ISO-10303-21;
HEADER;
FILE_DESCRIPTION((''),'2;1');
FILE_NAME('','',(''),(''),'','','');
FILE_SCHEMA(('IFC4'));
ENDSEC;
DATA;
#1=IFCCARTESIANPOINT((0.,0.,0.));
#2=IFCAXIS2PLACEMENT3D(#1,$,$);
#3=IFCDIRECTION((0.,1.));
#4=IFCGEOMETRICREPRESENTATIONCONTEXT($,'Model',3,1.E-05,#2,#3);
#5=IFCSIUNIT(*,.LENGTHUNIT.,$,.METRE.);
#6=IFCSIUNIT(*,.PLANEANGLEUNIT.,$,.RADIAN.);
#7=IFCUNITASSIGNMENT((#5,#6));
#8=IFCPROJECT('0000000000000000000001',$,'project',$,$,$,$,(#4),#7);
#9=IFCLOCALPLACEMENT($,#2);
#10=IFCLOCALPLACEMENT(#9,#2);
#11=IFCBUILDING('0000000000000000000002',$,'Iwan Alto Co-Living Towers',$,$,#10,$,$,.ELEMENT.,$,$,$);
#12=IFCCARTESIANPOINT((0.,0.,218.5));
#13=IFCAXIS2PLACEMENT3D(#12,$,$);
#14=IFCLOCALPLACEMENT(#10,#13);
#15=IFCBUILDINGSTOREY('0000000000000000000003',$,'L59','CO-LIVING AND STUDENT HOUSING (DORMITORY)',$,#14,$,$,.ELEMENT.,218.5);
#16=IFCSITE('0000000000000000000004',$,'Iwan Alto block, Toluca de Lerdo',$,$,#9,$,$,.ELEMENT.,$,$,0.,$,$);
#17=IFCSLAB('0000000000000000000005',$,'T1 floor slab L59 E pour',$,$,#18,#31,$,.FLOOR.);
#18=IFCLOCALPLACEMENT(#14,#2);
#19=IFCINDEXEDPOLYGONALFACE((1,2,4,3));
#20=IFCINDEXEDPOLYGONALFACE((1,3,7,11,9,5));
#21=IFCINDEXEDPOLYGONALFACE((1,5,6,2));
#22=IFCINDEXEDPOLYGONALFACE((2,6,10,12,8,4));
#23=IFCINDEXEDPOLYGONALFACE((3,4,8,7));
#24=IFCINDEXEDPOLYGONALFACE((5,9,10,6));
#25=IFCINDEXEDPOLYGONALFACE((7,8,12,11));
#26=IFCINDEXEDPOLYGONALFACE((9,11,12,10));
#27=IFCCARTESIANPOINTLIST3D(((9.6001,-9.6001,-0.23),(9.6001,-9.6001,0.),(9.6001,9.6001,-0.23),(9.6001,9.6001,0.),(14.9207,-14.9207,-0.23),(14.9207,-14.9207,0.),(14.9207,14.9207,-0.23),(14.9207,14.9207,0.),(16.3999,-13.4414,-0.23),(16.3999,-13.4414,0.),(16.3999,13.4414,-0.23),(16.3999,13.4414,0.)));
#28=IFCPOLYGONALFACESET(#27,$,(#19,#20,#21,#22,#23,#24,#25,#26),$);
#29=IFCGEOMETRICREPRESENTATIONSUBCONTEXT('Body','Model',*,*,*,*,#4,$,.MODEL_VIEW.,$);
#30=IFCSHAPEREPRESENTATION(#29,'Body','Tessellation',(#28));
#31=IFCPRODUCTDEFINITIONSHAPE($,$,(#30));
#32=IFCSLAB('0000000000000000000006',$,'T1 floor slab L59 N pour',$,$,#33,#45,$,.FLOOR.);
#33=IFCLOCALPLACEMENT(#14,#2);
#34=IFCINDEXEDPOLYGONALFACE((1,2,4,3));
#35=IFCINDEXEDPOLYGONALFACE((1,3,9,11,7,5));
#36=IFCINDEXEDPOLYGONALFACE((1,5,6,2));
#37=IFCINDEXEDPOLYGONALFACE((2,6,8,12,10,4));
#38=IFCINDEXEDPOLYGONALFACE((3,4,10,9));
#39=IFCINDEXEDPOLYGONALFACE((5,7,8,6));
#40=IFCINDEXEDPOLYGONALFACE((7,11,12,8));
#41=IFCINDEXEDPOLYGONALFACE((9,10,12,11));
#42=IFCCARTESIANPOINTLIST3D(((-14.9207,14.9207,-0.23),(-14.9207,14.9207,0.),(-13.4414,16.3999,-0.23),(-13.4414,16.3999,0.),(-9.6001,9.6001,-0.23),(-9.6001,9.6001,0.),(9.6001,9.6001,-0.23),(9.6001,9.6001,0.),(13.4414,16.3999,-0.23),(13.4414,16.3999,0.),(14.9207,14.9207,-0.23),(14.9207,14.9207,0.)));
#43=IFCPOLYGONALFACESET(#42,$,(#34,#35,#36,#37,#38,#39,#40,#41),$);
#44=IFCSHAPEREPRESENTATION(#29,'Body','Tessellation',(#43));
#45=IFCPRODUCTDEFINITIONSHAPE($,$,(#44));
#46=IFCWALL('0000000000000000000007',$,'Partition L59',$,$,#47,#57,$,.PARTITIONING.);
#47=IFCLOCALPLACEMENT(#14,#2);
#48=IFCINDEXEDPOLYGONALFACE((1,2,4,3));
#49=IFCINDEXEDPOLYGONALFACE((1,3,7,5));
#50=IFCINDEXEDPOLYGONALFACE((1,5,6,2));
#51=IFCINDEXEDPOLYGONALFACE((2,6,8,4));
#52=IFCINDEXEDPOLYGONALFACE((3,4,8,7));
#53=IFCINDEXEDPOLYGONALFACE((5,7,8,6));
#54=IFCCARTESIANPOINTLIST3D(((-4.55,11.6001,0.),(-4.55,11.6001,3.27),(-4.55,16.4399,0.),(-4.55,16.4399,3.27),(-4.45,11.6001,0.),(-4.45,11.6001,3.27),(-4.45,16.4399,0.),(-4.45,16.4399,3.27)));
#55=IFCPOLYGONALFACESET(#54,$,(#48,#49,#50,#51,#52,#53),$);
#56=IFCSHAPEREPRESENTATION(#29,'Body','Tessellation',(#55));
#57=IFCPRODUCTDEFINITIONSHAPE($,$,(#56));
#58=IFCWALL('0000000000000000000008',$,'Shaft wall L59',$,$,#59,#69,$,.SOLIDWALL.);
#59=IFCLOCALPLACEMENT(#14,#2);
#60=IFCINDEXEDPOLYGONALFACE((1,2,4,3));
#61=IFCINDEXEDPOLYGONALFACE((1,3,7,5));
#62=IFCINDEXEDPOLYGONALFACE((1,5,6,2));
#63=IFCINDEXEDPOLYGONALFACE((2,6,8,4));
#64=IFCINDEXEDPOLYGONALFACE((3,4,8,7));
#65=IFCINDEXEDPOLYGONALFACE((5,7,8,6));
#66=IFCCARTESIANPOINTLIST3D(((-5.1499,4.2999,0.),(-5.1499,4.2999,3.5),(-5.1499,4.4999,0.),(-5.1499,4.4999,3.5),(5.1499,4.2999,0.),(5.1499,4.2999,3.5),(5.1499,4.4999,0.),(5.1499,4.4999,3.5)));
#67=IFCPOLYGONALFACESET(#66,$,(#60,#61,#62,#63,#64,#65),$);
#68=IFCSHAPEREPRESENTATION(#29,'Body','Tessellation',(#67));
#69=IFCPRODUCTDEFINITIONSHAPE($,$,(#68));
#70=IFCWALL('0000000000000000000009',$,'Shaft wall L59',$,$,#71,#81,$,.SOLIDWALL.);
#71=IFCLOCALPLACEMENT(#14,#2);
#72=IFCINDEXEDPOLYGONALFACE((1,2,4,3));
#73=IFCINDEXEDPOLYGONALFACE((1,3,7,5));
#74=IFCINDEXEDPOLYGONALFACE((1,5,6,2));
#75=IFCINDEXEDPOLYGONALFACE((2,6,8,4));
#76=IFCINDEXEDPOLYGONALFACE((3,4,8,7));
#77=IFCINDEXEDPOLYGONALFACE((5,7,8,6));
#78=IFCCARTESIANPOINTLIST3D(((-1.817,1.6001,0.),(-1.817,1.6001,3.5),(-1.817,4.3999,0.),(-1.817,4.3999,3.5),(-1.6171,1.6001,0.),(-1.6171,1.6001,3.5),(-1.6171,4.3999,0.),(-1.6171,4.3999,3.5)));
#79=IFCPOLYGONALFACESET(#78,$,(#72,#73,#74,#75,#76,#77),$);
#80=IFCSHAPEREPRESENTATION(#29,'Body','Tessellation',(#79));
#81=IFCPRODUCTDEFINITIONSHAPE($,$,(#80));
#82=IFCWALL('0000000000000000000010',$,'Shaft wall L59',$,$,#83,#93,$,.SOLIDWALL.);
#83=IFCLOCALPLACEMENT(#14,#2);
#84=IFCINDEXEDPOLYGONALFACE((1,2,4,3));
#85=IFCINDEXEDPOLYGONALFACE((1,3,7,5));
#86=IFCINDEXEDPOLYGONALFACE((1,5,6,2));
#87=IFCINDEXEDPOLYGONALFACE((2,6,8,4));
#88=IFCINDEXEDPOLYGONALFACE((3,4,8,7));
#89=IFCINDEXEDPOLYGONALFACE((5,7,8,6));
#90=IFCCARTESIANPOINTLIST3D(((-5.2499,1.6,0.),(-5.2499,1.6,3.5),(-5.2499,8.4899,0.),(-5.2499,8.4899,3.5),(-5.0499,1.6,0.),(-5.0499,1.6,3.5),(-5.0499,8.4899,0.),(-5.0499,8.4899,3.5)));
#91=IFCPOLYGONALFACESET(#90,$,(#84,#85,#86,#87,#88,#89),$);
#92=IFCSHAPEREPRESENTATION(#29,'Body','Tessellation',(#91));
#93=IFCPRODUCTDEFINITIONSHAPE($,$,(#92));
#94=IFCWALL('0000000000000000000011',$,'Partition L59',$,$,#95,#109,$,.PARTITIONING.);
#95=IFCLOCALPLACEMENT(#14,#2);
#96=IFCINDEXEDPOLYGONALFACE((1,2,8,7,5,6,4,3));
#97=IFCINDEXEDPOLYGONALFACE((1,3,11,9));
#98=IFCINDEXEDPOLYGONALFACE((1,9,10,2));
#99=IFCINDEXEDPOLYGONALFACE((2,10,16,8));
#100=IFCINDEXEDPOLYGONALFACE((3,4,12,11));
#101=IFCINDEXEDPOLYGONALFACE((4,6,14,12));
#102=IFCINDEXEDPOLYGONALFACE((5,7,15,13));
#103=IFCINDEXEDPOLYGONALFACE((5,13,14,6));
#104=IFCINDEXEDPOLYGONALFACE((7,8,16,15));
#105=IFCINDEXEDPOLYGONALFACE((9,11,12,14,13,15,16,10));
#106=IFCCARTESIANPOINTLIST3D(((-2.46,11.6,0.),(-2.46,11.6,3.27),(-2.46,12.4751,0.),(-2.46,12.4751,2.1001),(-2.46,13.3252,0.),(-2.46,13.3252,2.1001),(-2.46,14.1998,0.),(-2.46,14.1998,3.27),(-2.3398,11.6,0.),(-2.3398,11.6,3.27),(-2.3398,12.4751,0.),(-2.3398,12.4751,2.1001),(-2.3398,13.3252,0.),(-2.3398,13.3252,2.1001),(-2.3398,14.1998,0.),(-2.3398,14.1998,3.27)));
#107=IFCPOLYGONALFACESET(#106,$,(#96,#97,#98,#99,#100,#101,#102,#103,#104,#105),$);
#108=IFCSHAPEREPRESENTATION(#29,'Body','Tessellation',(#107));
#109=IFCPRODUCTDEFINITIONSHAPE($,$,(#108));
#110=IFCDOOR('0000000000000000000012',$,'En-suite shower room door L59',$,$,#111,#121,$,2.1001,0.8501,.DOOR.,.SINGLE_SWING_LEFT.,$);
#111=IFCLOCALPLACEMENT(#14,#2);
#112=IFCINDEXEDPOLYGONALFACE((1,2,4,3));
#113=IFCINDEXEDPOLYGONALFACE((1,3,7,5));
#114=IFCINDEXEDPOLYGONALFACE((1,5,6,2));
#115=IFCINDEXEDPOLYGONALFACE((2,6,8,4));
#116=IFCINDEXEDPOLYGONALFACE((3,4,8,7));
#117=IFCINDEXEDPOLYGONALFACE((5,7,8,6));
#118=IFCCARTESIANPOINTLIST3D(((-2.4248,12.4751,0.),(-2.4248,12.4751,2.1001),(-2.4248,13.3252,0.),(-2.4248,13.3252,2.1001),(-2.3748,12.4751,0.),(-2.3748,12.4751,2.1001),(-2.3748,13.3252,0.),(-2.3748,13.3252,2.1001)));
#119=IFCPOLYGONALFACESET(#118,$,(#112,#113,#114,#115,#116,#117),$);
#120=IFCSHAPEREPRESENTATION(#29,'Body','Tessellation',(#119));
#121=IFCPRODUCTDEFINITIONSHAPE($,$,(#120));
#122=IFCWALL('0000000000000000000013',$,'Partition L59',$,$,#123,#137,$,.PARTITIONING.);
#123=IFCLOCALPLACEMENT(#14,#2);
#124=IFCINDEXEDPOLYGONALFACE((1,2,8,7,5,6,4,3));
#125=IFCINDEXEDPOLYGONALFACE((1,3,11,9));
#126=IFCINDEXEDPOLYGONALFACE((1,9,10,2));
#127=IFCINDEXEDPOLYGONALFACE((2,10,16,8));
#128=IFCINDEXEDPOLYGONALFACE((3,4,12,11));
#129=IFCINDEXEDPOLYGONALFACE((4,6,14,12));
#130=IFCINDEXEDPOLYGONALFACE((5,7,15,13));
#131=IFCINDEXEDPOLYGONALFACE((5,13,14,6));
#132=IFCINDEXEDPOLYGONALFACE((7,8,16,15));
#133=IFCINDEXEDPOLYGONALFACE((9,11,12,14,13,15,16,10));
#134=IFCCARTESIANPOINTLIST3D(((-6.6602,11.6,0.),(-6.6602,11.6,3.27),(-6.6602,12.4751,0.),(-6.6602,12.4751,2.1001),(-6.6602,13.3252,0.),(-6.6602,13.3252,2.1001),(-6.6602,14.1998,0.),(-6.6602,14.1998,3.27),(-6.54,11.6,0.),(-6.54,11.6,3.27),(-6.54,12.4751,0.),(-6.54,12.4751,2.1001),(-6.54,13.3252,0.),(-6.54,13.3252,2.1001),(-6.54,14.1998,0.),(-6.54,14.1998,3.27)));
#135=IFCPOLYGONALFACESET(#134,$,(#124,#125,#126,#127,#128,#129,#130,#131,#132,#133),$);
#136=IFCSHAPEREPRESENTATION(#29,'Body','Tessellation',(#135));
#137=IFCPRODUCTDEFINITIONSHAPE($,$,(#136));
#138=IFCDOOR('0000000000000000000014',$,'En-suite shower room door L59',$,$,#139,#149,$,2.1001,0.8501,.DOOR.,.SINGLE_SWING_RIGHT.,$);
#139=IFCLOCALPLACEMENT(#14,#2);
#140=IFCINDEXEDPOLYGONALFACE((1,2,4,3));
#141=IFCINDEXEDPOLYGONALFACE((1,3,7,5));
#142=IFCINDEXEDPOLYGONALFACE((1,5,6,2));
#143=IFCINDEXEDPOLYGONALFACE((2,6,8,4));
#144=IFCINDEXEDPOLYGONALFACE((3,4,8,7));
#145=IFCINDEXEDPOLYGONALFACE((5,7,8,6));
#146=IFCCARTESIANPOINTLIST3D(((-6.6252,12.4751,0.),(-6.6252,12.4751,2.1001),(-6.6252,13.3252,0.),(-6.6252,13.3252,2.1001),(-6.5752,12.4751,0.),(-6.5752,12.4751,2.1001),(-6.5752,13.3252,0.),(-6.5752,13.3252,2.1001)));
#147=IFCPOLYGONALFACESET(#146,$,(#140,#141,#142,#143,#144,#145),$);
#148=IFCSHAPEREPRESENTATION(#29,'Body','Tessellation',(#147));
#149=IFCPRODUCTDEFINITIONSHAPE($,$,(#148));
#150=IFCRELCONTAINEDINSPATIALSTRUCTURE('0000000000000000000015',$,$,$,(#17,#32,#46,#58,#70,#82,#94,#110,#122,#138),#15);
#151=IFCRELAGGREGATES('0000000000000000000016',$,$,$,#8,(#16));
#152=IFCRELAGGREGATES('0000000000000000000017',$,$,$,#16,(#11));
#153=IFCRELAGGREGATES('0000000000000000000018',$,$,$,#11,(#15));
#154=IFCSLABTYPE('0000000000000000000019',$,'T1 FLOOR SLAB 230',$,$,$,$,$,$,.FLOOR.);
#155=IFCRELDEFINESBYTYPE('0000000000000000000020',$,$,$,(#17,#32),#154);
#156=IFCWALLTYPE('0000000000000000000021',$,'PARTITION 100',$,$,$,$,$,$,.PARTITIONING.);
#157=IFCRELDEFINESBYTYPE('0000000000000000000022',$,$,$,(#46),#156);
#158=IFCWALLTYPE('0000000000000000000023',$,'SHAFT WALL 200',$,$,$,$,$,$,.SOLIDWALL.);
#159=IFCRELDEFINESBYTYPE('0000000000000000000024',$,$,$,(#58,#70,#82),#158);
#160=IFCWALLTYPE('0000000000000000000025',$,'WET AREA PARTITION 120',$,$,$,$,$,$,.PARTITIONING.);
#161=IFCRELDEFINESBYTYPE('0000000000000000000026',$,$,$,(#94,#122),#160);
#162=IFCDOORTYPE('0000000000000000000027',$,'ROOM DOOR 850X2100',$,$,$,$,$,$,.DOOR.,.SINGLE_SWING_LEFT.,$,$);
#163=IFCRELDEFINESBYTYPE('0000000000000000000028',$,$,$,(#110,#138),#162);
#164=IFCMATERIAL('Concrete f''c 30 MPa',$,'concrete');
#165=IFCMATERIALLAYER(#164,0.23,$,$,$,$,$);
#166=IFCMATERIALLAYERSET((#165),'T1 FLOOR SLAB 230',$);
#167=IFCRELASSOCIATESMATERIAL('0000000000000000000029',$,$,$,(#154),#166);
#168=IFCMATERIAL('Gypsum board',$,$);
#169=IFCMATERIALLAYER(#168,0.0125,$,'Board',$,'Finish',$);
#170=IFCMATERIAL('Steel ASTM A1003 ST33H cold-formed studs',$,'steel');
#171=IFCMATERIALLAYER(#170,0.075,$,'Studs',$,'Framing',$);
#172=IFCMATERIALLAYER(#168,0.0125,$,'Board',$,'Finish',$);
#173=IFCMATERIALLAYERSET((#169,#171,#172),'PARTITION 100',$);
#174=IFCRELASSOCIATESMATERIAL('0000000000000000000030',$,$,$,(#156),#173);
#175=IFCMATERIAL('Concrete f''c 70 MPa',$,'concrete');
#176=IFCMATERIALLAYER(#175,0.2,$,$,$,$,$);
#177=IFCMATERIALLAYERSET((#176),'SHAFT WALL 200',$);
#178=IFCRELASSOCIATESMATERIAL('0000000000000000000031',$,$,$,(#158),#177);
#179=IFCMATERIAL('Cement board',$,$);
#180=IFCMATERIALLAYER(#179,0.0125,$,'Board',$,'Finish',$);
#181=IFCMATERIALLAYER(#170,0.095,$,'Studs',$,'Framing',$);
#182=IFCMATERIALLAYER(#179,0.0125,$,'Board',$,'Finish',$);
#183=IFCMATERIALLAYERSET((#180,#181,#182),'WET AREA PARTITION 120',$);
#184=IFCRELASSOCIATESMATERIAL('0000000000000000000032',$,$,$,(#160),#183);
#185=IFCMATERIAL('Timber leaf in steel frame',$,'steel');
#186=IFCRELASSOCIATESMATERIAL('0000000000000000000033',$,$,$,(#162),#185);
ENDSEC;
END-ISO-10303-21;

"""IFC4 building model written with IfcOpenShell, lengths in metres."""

from ifc_helpers import new_model, si_unit, direction, frame, frame_2d, origin, place, context, subcontext, project, spatial, polyline, rectangle, outline, extrude, material, layer, layer_set, type_object, element, fill, save


model = new_model("IFC4")

# Units and contexts
model_context = context("Model", 3, precision=1e-05, world=origin(), true_north=direction((0.0, 1.0)))
body_context = subcontext(model_context, "Body", "Model", "MODEL_VIEW")
ifc_project = project(units=[si_unit("LENGTHUNIT", "METRE"), si_unit("PLANEANGLEUNIT", "RADIAN")], contexts=[model_context])

# Site, building, storey
site_placement = place(None, origin())
site = spatial("IfcSite", under=ifc_project, at=site_placement, Name="Iwan Alto block, Toluca de Lerdo", CompositionType="ELEMENT", RefElevation=0.0)
building_placement = place(site_placement, origin())
building = spatial("IfcBuilding", under=site, at=building_placement, Name="Iwan Alto Co-Living Towers", CompositionType="ELEMENT")
storey_placement = place(building_placement, frame((0.0, 0.0, 218.5)))
storey = spatial("IfcBuildingStorey", under=building, at=storey_placement, Name="L59", Description="CO-LIVING AND STUDENT HOUSING (DORMITORY)", CompositionType="ELEMENT", Elevation=218.5)

# Slabs
ifc_material_1 = material(Name="Concrete f'c 30 MPa", Category="concrete")
ifc_layer_1 = layer(ifc_material_1, 0.23)
ifc_layer_set_1 = layer_set([ifc_layer_1], Name="T1 FLOOR SLAB 230")
slab_type = type_object("IfcSlabType", Name="T1 FLOOR SLAB 230", PredefinedType="FLOOR", material=ifc_layer_set_1)
slab_1_placement = place(storey_placement, frame((0.0, 0.0, -0.23)))
element("IfcSlab", 1, at=slab_1_placement, inside=storey, type_object=slab_type, Name="T1 floor slab L59 E pour", PredefinedType="FLOOR", context=body_context, shape_type="SweptSolid", body=[
    extrude(outline(polyline([(16.3999, 13.4414), (16.3999, -13.4414), (14.9207, -14.9207), (9.6001, -9.6001), (9.6001, 9.6001), (14.9207, 14.9207), (16.3999, 13.4414)])), origin(), (0.0, 0.0, 1.0), 0.23),
])
slab_2_placement = place(storey_placement, frame((0.0, 0.0, -0.23)))
element("IfcSlab", 2, at=slab_2_placement, inside=storey, type_object=slab_type, Name="T1 floor slab L59 N pour", PredefinedType="FLOOR", context=body_context, shape_type="SweptSolid", body=[
    extrude(outline(polyline([(-13.4414, 16.3999), (13.4414, 16.3999), (14.9207, 14.9207), (9.6001, 9.6001), (-9.6001, 9.6001), (-14.9207, 14.9207), (-13.4414, 16.3999)])), origin(), (0.0, 0.0, 1.0), 0.23),
])

# Walls
ifc_material_2 = material(Name="Gypsum board")
ifc_layer_2 = layer(ifc_material_2, 0.0125, Name="Board", Category="Finish")
ifc_material_3 = material(Name="Steel ASTM A1003 ST33H cold-formed studs", Category="steel")
ifc_layer_3 = layer(ifc_material_3, 0.075, Name="Studs", Category="Framing")
ifc_layer_4 = layer(ifc_material_2, 0.0125, Name="Board", Category="Finish")
ifc_layer_set_2 = layer_set([ifc_layer_2, ifc_layer_3, ifc_layer_4], Name="PARTITION 100")
wall_type_1 = type_object("IfcWallType", Name="PARTITION 100", PredefinedType="PARTITIONING", material=ifc_layer_set_2)
wall_1_placement = place(storey_placement, frame((-4.5, 11.6001, 0.0), z_axis=(0.0, 0.0, 1.0), x_axis=(0.0, 1.0, 0.0)))
element("IfcWall", 3, at=wall_1_placement, inside=storey, type_object=wall_type_1, Name="Partition L59", PredefinedType="PARTITIONING", context=body_context, shape_type="SweptSolid", body=[
    extrude(rectangle(XDim=4.8398, YDim=0.1001, at=frame_2d((2.4199, 0.0))), origin(), (0.0, 0.0, 1.0), 3.27),
])
ifc_material_4 = material(Name="Concrete f'c 70 MPa", Category="concrete")
ifc_layer_5 = layer(ifc_material_4, 0.2)
ifc_layer_set_3 = layer_set([ifc_layer_5], Name="SHAFT WALL 200")
wall_type_2 = type_object("IfcWallType", Name="SHAFT WALL 200", PredefinedType="SOLIDWALL", material=ifc_layer_set_3)
wall_2_placement = place(storey_placement, frame((-5.1499, 4.3999, 0.0), z_axis=(0.0, 0.0, 1.0), x_axis=(1.0, 0.0, 0.0)))
element("IfcWall", 4, at=wall_2_placement, inside=storey, type_object=wall_type_2, Name="Shaft wall L59", PredefinedType="SOLIDWALL", context=body_context, shape_type="SweptSolid", body=[
    extrude(rectangle(XDim=10.2998, YDim=0.2, at=frame_2d((5.1499, 0.0))), origin(), (0.0, 0.0, 1.0), 3.5),
])
wall_3_placement = place(storey_placement, frame((-1.717, 1.6001, 0.0), z_axis=(0.0, 0.0, 1.0), x_axis=(0.0, 1.0, 0.0)))
element("IfcWall", 5, at=wall_3_placement, inside=storey, type_object=wall_type_2, Name="Shaft wall L59", PredefinedType="SOLIDWALL", context=body_context, shape_type="SweptSolid", body=[
    extrude(rectangle(XDim=2.7998, YDim=0.2, at=frame_2d((1.3999, 0.0))), origin(), (0.0, 0.0, 1.0), 3.5),
])
wall_4_placement = place(storey_placement, frame((-5.1499, 1.6001, 0.0), z_axis=(0.0, 0.0, 1.0), x_axis=(0.0, 1.0, 0.0)))
element("IfcWall", 6, at=wall_4_placement, inside=storey, type_object=wall_type_2, Name="Shaft wall L59", PredefinedType="SOLIDWALL", context=body_context, shape_type="SweptSolid", body=[
    extrude(rectangle(XDim=6.8899, YDim=0.2, at=frame_2d((3.4448, 0.0))), origin(), (0.0, 0.0, 1.0), 3.5),
])

# Walls, openings, doors
ifc_material_5 = material(Name="Cement board")
ifc_layer_6 = layer(ifc_material_5, 0.0125, Name="Board", Category="Finish")
ifc_layer_7 = layer(ifc_material_3, 0.095, Name="Studs", Category="Framing")
ifc_layer_8 = layer(ifc_material_5, 0.0125, Name="Board", Category="Finish")
ifc_layer_set_4 = layer_set([ifc_layer_6, ifc_layer_7, ifc_layer_8], Name="WET AREA PARTITION 120")
wall_type_3 = type_object("IfcWallType", Name="WET AREA PARTITION 120", PredefinedType="PARTITIONING", material=ifc_layer_set_4)
wall_5_placement = place(storey_placement, frame((-2.3999, 11.6001, 0.0), z_axis=(0.0, 0.0, 1.0), x_axis=(0.0, 1.0, 0.0)))
wall_5 = element("IfcWall", 7, at=wall_5_placement, inside=storey, type_object=wall_type_3, Name="Partition L59", PredefinedType="PARTITIONING", context=body_context, shape_type="SweptSolid", body=[
    extrude(rectangle(XDim=2.5999, YDim=0.1201, at=frame_2d((1.2998, 0.0))), origin(), (0.0, 0.0, 1.0), 3.27),
])
opening_1_placement = place(wall_5_placement, frame((0.875, 0.0, 0.0)))
opening_1 = element("IfcOpeningElement", 8, at=opening_1_placement, cuts=wall_5, PredefinedType="OPENING", context=body_context, shape_type="SweptSolid", body=[
    extrude(rectangle(XDim=0.8501, YDim=2.1001, at=frame_2d((0.425, 1.05))), frame((0.0, 0.0701, 0.0), z_axis=(0.0, -1.0, 0.0), x_axis=(1.0, 0.0, 0.0)), (0.0, 0.0, 1.0), 0.1401),
])
ifc_material_6 = material(Name="Timber leaf in steel frame", Category="steel")
door_type = type_object("IfcDoorType", Name="ROOM DOOR 850X2100", OperationType="SINGLE_SWING_LEFT", PredefinedType="DOOR", material=ifc_material_6)
door_1_placement = place(opening_1_placement, origin())
door_1 = element("IfcDoor", 9, at=door_1_placement, inside=storey, type_object=door_type, Name="En-suite shower room door L59", OperationType="SINGLE_SWING_LEFT", OverallHeight=2.1001, OverallWidth=0.8501, PredefinedType="DOOR", context=body_context, shape_type="SweptSolid", body=[
    extrude(rectangle(XDim=0.8501, YDim=2.1001, at=frame_2d((0.425, 1.05))), frame((0.0, 0.0249, 0.0), z_axis=(0.0, -1.0, 0.0), x_axis=(1.0, 0.0, 0.0)), (0.0, 0.0, 1.0), 0.05),
])
fill(opening_1, door_1)
wall_6_placement = place(storey_placement, frame((-6.6001, 11.6001, 0.0), z_axis=(0.0, 0.0, 1.0), x_axis=(0.0, 1.0, 0.0)))
wall_6 = element("IfcWall", 10, at=wall_6_placement, inside=storey, type_object=wall_type_3, Name="Partition L59", PredefinedType="PARTITIONING", context=body_context, shape_type="SweptSolid", body=[
    extrude(rectangle(XDim=2.5999, YDim=0.1201, at=frame_2d((1.2998, 0.0))), origin(), (0.0, 0.0, 1.0), 3.27),
])
opening_2_placement = place(wall_6_placement, frame((0.875, 0.0, 0.0)))
opening_2 = element("IfcOpeningElement", 11, at=opening_2_placement, cuts=wall_6, PredefinedType="OPENING", context=body_context, shape_type="SweptSolid", body=[
    extrude(rectangle(XDim=0.8501, YDim=2.1001, at=frame_2d((0.425, 1.05))), frame((0.0, 0.0701, 0.0), z_axis=(0.0, -1.0, 0.0), x_axis=(1.0, 0.0, 0.0)), (0.0, 0.0, 1.0), 0.1401),
])
door_2_placement = place(opening_2_placement, frame((0.8501, 0.0, 0.0), z_axis=(0.0, 0.0, 1.0), x_axis=(-1.0, 0.0, 0.0)))
door_2 = element("IfcDoor", 12, at=door_2_placement, inside=storey, type_object=door_type, Name="En-suite shower room door L59", OperationType="SINGLE_SWING_RIGHT", OverallHeight=2.1001, OverallWidth=0.8501, PredefinedType="DOOR", context=body_context, shape_type="SweptSolid", body=[
    extrude(rectangle(XDim=0.8501, YDim=2.1001, at=frame_2d((0.425, 1.05))), frame((0.0, 0.0249, 0.0), z_axis=(0.0, -1.0, 0.0), x_axis=(1.0, 0.0, 0.0)), (0.0, 0.0, 1.0), 0.05),
])
fill(opening_2, door_2)

save(model, "model.ifc")
